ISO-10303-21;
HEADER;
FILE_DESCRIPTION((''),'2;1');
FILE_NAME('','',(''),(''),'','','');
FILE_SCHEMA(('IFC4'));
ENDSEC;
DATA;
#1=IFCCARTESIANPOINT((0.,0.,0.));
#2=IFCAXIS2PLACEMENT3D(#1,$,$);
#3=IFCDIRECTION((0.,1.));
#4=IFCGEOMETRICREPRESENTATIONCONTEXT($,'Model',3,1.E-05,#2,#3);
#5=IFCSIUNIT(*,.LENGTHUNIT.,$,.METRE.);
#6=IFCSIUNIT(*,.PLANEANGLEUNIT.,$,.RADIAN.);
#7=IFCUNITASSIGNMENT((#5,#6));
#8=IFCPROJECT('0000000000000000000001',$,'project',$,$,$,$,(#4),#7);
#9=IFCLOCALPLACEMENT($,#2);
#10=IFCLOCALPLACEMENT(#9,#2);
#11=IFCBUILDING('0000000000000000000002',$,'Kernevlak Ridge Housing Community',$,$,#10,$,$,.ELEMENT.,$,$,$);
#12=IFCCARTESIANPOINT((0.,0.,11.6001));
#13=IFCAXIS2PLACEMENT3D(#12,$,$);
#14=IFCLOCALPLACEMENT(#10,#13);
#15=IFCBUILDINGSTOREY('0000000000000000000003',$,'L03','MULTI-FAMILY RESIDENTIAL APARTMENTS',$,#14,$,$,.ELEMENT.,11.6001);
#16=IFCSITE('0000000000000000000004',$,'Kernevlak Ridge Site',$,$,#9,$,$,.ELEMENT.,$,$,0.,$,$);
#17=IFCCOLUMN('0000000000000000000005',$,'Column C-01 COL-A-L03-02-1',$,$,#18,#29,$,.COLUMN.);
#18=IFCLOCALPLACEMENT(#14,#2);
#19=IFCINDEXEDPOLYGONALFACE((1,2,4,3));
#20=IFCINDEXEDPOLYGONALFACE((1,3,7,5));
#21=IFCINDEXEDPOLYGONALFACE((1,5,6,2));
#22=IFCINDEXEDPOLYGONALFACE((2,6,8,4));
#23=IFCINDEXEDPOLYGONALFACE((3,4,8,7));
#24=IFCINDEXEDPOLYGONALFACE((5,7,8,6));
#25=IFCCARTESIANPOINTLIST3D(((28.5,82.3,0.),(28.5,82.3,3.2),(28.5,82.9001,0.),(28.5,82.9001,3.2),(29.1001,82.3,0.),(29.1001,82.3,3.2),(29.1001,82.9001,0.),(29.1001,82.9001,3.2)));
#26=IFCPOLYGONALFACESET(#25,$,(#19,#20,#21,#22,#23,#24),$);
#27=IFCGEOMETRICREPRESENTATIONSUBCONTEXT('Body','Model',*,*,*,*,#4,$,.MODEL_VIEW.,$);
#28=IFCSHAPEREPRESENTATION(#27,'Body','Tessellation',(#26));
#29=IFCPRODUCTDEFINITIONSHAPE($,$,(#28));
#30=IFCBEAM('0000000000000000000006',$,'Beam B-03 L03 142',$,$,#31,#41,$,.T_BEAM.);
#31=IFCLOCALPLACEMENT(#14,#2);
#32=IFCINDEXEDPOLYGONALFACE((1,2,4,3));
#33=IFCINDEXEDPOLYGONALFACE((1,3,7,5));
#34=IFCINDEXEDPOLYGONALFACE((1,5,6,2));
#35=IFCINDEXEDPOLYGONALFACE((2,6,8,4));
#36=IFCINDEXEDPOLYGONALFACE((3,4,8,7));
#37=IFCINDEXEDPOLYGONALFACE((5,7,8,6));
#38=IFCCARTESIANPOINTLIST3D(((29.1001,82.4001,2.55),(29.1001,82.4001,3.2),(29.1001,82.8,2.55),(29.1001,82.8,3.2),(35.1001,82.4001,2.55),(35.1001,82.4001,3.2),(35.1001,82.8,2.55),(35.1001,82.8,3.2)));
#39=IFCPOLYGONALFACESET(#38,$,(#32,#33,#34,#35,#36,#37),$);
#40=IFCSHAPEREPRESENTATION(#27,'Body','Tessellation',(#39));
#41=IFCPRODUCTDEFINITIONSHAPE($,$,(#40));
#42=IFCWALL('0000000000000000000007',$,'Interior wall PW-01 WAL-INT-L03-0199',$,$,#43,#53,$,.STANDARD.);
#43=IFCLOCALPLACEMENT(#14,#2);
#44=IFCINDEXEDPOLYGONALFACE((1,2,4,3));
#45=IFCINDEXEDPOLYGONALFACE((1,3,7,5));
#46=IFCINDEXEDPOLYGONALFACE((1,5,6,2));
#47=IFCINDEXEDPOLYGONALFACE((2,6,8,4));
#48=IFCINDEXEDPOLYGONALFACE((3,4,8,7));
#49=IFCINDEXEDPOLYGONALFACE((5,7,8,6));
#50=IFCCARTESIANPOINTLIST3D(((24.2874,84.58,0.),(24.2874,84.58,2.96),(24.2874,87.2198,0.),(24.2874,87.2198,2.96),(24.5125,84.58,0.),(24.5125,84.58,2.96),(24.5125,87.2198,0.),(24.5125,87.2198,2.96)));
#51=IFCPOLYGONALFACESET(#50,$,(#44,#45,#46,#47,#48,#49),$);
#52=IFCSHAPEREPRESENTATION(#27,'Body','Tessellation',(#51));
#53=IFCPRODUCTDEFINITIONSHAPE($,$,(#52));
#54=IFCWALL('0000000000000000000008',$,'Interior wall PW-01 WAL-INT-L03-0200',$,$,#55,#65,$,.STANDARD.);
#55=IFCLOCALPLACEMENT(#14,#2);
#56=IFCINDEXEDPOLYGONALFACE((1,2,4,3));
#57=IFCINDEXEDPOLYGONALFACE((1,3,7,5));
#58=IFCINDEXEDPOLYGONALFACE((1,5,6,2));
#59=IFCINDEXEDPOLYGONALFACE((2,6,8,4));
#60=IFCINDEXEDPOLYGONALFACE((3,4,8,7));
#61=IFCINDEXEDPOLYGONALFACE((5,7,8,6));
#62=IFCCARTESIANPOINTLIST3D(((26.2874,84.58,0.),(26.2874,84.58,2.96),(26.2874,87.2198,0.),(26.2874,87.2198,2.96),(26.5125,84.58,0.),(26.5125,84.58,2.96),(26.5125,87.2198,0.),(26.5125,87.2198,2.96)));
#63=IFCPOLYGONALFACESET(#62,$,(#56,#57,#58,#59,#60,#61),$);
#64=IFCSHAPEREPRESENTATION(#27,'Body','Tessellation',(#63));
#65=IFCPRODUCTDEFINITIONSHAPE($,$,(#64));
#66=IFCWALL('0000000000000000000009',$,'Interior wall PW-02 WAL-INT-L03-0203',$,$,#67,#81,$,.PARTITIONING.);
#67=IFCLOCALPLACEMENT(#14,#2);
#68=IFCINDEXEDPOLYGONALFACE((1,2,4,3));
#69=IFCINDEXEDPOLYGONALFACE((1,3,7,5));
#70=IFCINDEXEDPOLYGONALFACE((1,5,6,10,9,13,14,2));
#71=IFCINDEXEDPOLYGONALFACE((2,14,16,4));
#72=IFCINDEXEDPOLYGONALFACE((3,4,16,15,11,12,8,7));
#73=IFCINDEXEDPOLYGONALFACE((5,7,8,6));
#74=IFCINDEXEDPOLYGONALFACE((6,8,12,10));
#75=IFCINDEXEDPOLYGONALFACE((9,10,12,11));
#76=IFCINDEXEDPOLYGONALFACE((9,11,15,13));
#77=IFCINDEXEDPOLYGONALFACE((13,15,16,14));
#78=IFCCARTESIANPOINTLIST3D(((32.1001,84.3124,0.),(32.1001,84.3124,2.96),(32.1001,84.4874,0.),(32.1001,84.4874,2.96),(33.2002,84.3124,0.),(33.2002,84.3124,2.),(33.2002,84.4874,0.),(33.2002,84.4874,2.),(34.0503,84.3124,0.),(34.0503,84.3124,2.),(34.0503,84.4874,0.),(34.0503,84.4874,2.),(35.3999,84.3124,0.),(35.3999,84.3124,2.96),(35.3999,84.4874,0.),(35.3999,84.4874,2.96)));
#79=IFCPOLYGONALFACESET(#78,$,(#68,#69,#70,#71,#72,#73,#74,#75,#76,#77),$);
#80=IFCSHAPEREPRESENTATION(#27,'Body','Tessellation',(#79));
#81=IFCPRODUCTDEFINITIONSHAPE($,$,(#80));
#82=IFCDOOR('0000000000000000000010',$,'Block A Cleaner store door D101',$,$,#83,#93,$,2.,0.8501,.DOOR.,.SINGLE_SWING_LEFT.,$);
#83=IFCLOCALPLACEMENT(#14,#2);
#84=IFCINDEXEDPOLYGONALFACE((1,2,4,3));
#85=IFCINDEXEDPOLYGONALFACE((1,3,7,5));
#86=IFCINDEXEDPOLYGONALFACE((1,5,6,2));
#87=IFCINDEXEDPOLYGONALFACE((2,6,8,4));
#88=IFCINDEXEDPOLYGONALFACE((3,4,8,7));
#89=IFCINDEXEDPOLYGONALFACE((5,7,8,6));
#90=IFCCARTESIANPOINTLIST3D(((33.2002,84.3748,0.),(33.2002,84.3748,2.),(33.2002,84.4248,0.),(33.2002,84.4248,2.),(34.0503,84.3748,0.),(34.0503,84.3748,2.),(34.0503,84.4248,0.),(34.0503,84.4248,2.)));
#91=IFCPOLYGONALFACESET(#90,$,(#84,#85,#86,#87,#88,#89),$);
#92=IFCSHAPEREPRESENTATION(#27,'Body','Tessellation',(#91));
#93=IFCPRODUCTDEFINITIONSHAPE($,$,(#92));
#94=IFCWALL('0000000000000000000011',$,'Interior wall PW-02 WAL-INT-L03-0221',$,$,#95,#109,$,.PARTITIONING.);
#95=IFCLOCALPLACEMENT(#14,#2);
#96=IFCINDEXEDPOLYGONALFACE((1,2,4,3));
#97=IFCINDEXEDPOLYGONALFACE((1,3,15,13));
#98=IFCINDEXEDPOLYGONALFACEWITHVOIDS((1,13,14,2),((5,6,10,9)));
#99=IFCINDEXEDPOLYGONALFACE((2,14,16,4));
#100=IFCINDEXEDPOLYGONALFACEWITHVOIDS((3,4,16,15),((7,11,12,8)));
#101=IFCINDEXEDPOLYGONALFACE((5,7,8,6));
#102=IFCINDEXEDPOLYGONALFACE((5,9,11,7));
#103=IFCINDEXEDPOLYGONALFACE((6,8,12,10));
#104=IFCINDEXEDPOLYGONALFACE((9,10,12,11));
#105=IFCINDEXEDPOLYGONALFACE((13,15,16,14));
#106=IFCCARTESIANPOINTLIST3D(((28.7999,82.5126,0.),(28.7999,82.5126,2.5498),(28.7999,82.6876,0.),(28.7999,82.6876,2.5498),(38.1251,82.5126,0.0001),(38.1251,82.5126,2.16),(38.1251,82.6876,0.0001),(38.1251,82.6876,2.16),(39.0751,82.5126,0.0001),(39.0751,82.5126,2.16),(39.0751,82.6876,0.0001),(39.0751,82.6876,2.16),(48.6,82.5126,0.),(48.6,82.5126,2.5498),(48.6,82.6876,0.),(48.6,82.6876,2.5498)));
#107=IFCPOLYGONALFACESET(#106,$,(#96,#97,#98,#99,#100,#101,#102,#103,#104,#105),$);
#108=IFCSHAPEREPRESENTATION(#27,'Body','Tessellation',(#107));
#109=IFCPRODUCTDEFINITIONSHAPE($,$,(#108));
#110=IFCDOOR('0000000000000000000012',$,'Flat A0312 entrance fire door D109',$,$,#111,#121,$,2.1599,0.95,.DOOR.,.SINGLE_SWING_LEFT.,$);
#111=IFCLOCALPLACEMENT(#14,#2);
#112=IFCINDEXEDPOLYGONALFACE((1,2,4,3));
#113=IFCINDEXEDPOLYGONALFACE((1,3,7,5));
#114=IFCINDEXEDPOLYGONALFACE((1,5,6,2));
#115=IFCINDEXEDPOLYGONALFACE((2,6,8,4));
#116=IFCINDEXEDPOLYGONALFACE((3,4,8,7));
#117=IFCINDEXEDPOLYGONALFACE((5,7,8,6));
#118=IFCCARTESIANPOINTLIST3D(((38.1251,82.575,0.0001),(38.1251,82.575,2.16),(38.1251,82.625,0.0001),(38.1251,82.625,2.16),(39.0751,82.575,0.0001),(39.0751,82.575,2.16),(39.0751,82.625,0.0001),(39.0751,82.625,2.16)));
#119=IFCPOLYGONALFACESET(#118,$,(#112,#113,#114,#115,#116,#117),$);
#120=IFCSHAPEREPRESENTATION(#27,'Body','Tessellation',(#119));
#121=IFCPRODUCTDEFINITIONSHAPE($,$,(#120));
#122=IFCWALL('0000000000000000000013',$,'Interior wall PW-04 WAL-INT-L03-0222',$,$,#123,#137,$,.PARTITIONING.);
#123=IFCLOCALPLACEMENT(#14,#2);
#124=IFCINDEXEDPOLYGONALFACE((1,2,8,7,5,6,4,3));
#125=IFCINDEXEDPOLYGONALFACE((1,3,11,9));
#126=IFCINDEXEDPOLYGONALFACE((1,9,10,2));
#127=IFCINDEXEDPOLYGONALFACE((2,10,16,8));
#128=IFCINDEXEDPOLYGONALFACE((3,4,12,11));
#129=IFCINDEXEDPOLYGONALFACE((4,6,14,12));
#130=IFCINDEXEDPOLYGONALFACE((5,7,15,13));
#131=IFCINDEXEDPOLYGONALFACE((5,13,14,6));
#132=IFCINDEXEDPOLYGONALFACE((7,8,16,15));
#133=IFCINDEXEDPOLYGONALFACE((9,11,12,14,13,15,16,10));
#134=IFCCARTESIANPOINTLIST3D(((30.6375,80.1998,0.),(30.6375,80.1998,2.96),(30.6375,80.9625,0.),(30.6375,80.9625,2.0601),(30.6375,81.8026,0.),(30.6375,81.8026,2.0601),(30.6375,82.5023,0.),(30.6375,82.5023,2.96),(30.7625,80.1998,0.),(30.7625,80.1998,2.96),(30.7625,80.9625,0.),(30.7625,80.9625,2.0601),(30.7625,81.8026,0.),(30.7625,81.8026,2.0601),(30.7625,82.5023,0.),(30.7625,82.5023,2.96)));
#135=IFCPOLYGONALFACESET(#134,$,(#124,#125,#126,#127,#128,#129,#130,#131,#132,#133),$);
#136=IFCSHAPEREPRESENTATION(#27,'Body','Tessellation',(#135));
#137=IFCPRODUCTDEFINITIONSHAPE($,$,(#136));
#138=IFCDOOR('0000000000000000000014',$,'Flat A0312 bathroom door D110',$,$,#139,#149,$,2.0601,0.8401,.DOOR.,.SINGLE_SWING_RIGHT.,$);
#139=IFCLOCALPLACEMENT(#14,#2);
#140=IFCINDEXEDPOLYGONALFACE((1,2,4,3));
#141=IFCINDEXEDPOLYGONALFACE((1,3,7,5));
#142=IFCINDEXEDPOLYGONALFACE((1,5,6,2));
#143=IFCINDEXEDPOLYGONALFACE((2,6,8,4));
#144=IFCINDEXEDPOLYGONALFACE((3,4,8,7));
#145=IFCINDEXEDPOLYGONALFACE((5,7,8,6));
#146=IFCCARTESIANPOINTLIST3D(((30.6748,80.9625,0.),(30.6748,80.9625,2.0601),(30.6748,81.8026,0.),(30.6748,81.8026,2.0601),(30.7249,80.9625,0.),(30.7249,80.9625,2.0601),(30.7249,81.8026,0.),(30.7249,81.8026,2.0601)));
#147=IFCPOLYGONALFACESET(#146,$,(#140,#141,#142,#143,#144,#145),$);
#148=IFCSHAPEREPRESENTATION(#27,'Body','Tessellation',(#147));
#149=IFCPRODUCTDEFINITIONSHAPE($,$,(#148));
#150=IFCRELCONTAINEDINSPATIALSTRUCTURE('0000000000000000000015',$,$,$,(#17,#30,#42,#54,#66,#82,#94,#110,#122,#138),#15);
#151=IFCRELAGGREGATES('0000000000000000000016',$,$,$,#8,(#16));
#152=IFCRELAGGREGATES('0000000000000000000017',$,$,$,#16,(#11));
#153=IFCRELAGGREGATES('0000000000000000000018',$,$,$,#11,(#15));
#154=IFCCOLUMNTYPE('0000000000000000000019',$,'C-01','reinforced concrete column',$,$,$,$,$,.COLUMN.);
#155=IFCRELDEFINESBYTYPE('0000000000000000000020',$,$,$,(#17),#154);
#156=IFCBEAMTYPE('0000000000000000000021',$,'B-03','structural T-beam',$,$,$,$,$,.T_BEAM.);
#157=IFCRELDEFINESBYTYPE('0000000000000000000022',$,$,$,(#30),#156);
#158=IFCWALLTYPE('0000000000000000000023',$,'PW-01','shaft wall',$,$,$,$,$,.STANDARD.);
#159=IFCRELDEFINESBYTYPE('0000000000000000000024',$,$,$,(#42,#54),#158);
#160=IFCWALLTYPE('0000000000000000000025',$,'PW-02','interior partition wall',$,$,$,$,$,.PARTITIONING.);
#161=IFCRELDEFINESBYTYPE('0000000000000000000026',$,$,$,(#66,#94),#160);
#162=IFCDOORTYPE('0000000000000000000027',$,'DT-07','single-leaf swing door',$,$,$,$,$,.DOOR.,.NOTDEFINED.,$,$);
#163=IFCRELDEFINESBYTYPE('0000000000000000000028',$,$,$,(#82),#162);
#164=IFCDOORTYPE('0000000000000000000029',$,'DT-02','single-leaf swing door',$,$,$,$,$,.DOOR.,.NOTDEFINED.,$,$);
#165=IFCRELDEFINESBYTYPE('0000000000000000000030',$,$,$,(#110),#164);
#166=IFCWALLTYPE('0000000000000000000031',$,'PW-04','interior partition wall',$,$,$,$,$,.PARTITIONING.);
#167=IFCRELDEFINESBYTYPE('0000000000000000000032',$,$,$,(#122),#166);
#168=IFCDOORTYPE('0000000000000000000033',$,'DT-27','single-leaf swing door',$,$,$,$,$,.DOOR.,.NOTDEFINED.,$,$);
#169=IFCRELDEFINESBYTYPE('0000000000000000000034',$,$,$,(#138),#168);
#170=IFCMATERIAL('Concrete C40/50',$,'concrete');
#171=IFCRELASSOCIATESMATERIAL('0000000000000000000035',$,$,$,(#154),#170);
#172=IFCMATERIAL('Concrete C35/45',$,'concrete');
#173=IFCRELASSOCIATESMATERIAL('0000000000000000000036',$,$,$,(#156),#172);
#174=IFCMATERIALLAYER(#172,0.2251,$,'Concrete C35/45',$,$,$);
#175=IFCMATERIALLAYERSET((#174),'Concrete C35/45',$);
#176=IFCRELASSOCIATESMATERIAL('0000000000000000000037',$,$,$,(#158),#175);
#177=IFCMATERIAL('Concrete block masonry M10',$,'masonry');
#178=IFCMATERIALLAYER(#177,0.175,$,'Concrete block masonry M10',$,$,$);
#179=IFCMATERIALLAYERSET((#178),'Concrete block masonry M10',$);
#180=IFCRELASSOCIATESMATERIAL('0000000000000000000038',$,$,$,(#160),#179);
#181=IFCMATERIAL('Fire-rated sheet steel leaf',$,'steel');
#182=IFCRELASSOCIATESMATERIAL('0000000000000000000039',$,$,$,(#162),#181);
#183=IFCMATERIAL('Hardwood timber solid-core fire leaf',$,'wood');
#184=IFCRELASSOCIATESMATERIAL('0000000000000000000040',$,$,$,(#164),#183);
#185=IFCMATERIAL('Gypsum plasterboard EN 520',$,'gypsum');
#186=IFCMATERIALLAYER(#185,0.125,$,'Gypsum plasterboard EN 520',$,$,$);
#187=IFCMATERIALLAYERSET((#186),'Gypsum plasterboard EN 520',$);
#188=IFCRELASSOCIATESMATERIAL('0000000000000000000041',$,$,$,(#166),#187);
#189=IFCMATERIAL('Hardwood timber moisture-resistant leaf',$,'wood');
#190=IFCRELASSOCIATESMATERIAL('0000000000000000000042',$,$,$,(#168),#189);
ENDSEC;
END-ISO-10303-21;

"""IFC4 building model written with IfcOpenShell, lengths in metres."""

from ifc_helpers import new_model, si_unit, direction, frame, frame_2d, origin, origin_2d, place, context, subcontext, project, spatial, rectangle, extrude, material, layer, layer_set, material_profile, profile_set, type_object, element, fill, save


model = new_model("IFC4")

# Units and contexts
model_context = context("Model", 3, precision=1e-05, world=origin(), true_north=direction((0.0, 1.0)))
body_context = subcontext(model_context, "Body", "Model", "MODEL_VIEW")
ifc_project = project(units=[si_unit("LENGTHUNIT", "METRE"), si_unit("PLANEANGLEUNIT", "RADIAN")], contexts=[model_context])

# Site, building, storey
site_placement = place(None, origin())
site = spatial("IfcSite", under=ifc_project, at=site_placement, Name="Kernevlak Ridge Site", CompositionType="ELEMENT", RefElevation=0.0)
building_placement = place(site_placement, origin())
building = spatial("IfcBuilding", under=site, at=building_placement, Name="Kernevlak Ridge Housing Community", CompositionType="ELEMENT")
storey_placement = place(building_placement, frame((0.0, 0.0, 11.6001)))
storey = spatial("IfcBuildingStorey", under=building, at=storey_placement, Name="L03", Description="MULTI-FAMILY RESIDENTIAL APARTMENTS", CompositionType="ELEMENT", Elevation=11.6001)

# Column
ifc_material_1 = material(Name="Concrete C40/50", Category="concrete")
ifc_material_profile_1 = material_profile(ifc_material_1, rectangle(XDim=0.6001, YDim=0.6001, at=origin_2d()), Name="RC 600x600")
ifc_profile_set_1 = profile_set([ifc_material_profile_1], Name="Concrete C40/50")
column_type = type_object("IfcColumnType", Name="C-01", Description="reinforced concrete column", PredefinedType="COLUMN", material=ifc_profile_set_1)
column_placement = place(storey_placement, frame((28.8, 82.6001, 0.0), z_axis=(0.0, 0.0, 1.0), x_axis=(1.0, 0.0, 0.0)))
element("IfcColumn", 1, at=column_placement, inside=storey, type_object=column_type, Name="Column C-01 COL-A-L03-02-1", PredefinedType="COLUMN", context=body_context, shape_type="SweptSolid", body=[
    extrude(rectangle(XDim=0.6001, YDim=0.6001, at=origin_2d()), origin(), (0.0, 0.0, 1.0), 3.2),
])

# Beam
ifc_material_2 = material(Name="Concrete C35/45", Category="concrete")
ifc_material_profile_2 = material_profile(ifc_material_2, rectangle(XDim=0.3999, YDim=0.6499, at=origin_2d()), Name="RC 400x650")
ifc_profile_set_2 = profile_set([ifc_material_profile_2], Name="Concrete C35/45")
beam_type = type_object("IfcBeamType", Name="B-03", Description="structural T-beam", PredefinedType="T_BEAM", material=ifc_profile_set_2)
beam_placement = place(storey_placement, frame((29.1001, 82.6001, 2.875), z_axis=(1.0, 0.0, 0.0), x_axis=(0.0, 1.0, 0.0)))
element("IfcBeam", 2, at=beam_placement, inside=storey, type_object=beam_type, Name="Beam B-03 L03 142", PredefinedType="T_BEAM", context=body_context, shape_type="SweptSolid", body=[
    extrude(rectangle(XDim=0.3999, YDim=0.6499, at=origin_2d()), origin(), (0.0, 0.0, 1.0), 6.0),
])

# Walls
ifc_layer_1 = layer(ifc_material_2, 0.2251, Name="Concrete C35/45")
ifc_layer_set_1 = layer_set([ifc_layer_1], Name="Concrete C35/45")
wall_type_1 = type_object("IfcWallType", Name="PW-01", Description="shaft wall", PredefinedType="STANDARD", material=ifc_layer_set_1)
for number, where, z_axis, x_axis, name in (
    (3, (24.3999, 84.5801, 0.0), (0.0, 0.0, 1.0), (0.0, 1.0, 0.0), "Interior wall PW-01 WAL-INT-L03-0199"),
    (4, (26.3999, 84.5801, 0.0), (0.0, 0.0, 1.0), (0.0, 1.0, 0.0), "Interior wall PW-01 WAL-INT-L03-0200"),
):
    element("IfcWall", number, at=place(storey_placement, frame(where, z_axis=z_axis, x_axis=x_axis)), inside=storey, type_object=wall_type_1, Name=name, PredefinedType="STANDARD", context=body_context, shape_type="SweptSolid", body=[
        extrude(rectangle(XDim=2.6399, YDim=0.2251, at=frame_2d((1.3198, 0.0))), origin(), (0.0, 0.0, 1.0), 2.96),
    ])

# Walls, openings, doors
ifc_material_3 = material(Name="Concrete block masonry M10", Category="masonry")
ifc_layer_2 = layer(ifc_material_3, 0.175, Name="Concrete block masonry M10")
ifc_layer_set_2 = layer_set([ifc_layer_2], Name="Concrete block masonry M10")
wall_type_2 = type_object("IfcWallType", Name="PW-02", Description="interior partition wall", PredefinedType="PARTITIONING", material=ifc_layer_set_2)
ifc_material_4 = material(Name="Fire-rated sheet steel leaf", Category="steel")
wall_1_placement = place(storey_placement, frame((32.1001, 84.3999, 0.0), z_axis=(0.0, 0.0, 1.0), x_axis=(1.0, 0.0, 0.0)))
wall_1 = element("IfcWall", 5, at=wall_1_placement, inside=storey, type_object=wall_type_2, Name="Interior wall PW-02 WAL-INT-L03-0203", PredefinedType="PARTITIONING", context=body_context, shape_type="SweptSolid", body=[
    extrude(rectangle(XDim=3.2998, YDim=0.175, at=frame_2d((1.6499, 0.0))), origin(), (0.0, 0.0, 1.0), 2.96),
])
opening_1_placement = place(wall_1_placement, frame((1.1001, 0.0, 0.0)))
opening_1 = element("IfcOpeningElement", 6, at=opening_1_placement, cuts=wall_1, PredefinedType="OPENING", context=body_context, shape_type="SweptSolid", body=[
    extrude(rectangle(XDim=0.8501, YDim=2.0, at=frame_2d((0.425, 1.0))), frame((0.0, 0.0974, 0.0), z_axis=(0.0, -1.0, 0.0), x_axis=(1.0, 0.0, 0.0)), (0.0, 0.0, 1.0), 0.1951),
])
door_type_1 = type_object("IfcDoorType", Name="DT-07", Description="single-leaf swing door", OperationType="NOTDEFINED", PredefinedType="DOOR", material=ifc_material_4)
door_1_placement = place(opening_1_placement, origin())
door_1 = element("IfcDoor", 7, at=door_1_placement, inside=storey, type_object=door_type_1, Name="Block A Cleaner store door D101", OperationType="SINGLE_SWING_LEFT", OverallHeight=2.0, OverallWidth=0.8501, PredefinedType="DOOR", context=body_context, shape_type="SweptSolid", body=[
    extrude(rectangle(XDim=0.8501, YDim=2.0, at=frame_2d((0.425, 1.0))), frame((0.0, 0.0249, 0.0), z_axis=(0.0, -1.0, 0.0), x_axis=(1.0, 0.0, 0.0)), (0.0, 0.0, 1.0), 0.05),
])
fill(opening_1, door_1)
wall_2_placement = place(storey_placement, frame((28.8, 82.6001, 0.0), z_axis=(0.0, 0.0, 1.0), x_axis=(1.0, 0.0, 0.0)))
wall_2 = element("IfcWall", 8, at=wall_2_placement, inside=storey, type_object=wall_type_2, Name="Interior wall PW-02 WAL-INT-L03-0221", PredefinedType="PARTITIONING", context=body_context, shape_type="SweptSolid", body=[
    extrude(rectangle(XDim=19.8, YDim=0.175, at=frame_2d((9.8999, 0.0))), origin(), (0.0, 0.0, 1.0), 2.5498),
])
opening_2_placement = place(wall_2_placement, frame((9.325, 0.0, 0.0)))
opening_2 = element("IfcOpeningElement", 9, at=opening_2_placement, cuts=wall_2, PredefinedType="OPENING", context=body_context, shape_type="SweptSolid", body=[
    extrude(rectangle(XDim=0.95, YDim=2.1599, at=frame_2d((0.4751, 1.0801))), frame((0.0, 0.0974, 0.0), z_axis=(0.0, -1.0, 0.0), x_axis=(1.0, 0.0, 0.0)), (0.0, 0.0, 1.0), 0.1951),
])
ifc_material_5 = material(Name="Hardwood timber solid-core fire leaf", Category="wood")
door_type_2 = type_object("IfcDoorType", Name="DT-02", Description="single-leaf swing door", OperationType="NOTDEFINED", PredefinedType="DOOR", material=ifc_material_5)
door_2_placement = place(opening_2_placement, origin())
door_2 = element("IfcDoor", 10, at=door_2_placement, inside=storey, type_object=door_type_2, Name="Flat A0312 entrance fire door D109", OperationType="SINGLE_SWING_LEFT", OverallHeight=2.1599, OverallWidth=0.95, PredefinedType="DOOR", context=body_context, shape_type="SweptSolid", body=[
    extrude(rectangle(XDim=0.95, YDim=2.1599, at=frame_2d((0.4751, 1.0801))), frame((0.0, 0.0249, 0.0), z_axis=(0.0, -1.0, 0.0), x_axis=(1.0, 0.0, 0.0)), (0.0, 0.0, 1.0), 0.05),
])
fill(opening_2, door_2)
ifc_material_6 = material(Name="Gypsum plasterboard EN 520", Category="gypsum")
ifc_layer_3 = layer(ifc_material_6, 0.125, Name="Gypsum plasterboard EN 520")
ifc_layer_set_3 = layer_set([ifc_layer_3], Name="Gypsum plasterboard EN 520")
wall_type_3 = type_object("IfcWallType", Name="PW-04", Description="interior partition wall", PredefinedType="PARTITIONING", material=ifc_layer_set_3)
wall_3_placement = place(storey_placement, frame((30.7, 82.5024, 0.0), z_axis=(0.0, 0.0, 1.0), x_axis=(0.0, -1.0, 0.0)))
wall_3 = element("IfcWall", 11, at=wall_3_placement, inside=storey, type_object=wall_type_3, Name="Interior wall PW-04 WAL-INT-L03-0222", PredefinedType="PARTITIONING", context=body_context, shape_type="SweptSolid", body=[
    extrude(rectangle(XDim=2.3025, YDim=0.125, at=frame_2d((1.1514, 0.0))), origin(), (0.0, 0.0, 1.0), 2.96),
])
opening_3_placement = place(wall_3_placement, frame((0.7, 0.0, 0.0)))
opening_3 = element("IfcOpeningElement", 12, at=opening_3_placement, cuts=wall_3, PredefinedType="OPENING", context=body_context, shape_type="SweptSolid", body=[
    extrude(rectangle(XDim=0.8401, YDim=2.0601, at=frame_2d((0.4199, 1.03))), frame((0.0, 0.0725, 0.0), z_axis=(0.0, -1.0, 0.0), x_axis=(1.0, 0.0, 0.0)), (0.0, 0.0, 1.0), 0.145),
])
ifc_material_7 = material(Name="Hardwood timber moisture-resistant leaf", Category="wood")
door_type_3 = type_object("IfcDoorType", Name="DT-27", Description="single-leaf swing door", OperationType="NOTDEFINED", PredefinedType="DOOR", material=ifc_material_7)
door_3_placement = place(opening_3_placement, origin())
door_3 = element("IfcDoor", 13, at=door_3_placement, inside=storey, type_object=door_type_3, Name="Flat A0312 bathroom door D110", OperationType="SINGLE_SWING_RIGHT", OverallHeight=2.0601, OverallWidth=0.8401, PredefinedType="DOOR", context=body_context, shape_type="SweptSolid", body=[
    extrude(rectangle(XDim=0.8401, YDim=2.0601, at=frame_2d((0.4199, 1.03))), frame((0.0, 0.0249, 0.0), z_axis=(0.0, -1.0, 0.0), x_axis=(1.0, 0.0, 0.0)), (0.0, 0.0, 1.0), 0.05),
])
fill(opening_3, door_3)

save(model, "model.ifc")
